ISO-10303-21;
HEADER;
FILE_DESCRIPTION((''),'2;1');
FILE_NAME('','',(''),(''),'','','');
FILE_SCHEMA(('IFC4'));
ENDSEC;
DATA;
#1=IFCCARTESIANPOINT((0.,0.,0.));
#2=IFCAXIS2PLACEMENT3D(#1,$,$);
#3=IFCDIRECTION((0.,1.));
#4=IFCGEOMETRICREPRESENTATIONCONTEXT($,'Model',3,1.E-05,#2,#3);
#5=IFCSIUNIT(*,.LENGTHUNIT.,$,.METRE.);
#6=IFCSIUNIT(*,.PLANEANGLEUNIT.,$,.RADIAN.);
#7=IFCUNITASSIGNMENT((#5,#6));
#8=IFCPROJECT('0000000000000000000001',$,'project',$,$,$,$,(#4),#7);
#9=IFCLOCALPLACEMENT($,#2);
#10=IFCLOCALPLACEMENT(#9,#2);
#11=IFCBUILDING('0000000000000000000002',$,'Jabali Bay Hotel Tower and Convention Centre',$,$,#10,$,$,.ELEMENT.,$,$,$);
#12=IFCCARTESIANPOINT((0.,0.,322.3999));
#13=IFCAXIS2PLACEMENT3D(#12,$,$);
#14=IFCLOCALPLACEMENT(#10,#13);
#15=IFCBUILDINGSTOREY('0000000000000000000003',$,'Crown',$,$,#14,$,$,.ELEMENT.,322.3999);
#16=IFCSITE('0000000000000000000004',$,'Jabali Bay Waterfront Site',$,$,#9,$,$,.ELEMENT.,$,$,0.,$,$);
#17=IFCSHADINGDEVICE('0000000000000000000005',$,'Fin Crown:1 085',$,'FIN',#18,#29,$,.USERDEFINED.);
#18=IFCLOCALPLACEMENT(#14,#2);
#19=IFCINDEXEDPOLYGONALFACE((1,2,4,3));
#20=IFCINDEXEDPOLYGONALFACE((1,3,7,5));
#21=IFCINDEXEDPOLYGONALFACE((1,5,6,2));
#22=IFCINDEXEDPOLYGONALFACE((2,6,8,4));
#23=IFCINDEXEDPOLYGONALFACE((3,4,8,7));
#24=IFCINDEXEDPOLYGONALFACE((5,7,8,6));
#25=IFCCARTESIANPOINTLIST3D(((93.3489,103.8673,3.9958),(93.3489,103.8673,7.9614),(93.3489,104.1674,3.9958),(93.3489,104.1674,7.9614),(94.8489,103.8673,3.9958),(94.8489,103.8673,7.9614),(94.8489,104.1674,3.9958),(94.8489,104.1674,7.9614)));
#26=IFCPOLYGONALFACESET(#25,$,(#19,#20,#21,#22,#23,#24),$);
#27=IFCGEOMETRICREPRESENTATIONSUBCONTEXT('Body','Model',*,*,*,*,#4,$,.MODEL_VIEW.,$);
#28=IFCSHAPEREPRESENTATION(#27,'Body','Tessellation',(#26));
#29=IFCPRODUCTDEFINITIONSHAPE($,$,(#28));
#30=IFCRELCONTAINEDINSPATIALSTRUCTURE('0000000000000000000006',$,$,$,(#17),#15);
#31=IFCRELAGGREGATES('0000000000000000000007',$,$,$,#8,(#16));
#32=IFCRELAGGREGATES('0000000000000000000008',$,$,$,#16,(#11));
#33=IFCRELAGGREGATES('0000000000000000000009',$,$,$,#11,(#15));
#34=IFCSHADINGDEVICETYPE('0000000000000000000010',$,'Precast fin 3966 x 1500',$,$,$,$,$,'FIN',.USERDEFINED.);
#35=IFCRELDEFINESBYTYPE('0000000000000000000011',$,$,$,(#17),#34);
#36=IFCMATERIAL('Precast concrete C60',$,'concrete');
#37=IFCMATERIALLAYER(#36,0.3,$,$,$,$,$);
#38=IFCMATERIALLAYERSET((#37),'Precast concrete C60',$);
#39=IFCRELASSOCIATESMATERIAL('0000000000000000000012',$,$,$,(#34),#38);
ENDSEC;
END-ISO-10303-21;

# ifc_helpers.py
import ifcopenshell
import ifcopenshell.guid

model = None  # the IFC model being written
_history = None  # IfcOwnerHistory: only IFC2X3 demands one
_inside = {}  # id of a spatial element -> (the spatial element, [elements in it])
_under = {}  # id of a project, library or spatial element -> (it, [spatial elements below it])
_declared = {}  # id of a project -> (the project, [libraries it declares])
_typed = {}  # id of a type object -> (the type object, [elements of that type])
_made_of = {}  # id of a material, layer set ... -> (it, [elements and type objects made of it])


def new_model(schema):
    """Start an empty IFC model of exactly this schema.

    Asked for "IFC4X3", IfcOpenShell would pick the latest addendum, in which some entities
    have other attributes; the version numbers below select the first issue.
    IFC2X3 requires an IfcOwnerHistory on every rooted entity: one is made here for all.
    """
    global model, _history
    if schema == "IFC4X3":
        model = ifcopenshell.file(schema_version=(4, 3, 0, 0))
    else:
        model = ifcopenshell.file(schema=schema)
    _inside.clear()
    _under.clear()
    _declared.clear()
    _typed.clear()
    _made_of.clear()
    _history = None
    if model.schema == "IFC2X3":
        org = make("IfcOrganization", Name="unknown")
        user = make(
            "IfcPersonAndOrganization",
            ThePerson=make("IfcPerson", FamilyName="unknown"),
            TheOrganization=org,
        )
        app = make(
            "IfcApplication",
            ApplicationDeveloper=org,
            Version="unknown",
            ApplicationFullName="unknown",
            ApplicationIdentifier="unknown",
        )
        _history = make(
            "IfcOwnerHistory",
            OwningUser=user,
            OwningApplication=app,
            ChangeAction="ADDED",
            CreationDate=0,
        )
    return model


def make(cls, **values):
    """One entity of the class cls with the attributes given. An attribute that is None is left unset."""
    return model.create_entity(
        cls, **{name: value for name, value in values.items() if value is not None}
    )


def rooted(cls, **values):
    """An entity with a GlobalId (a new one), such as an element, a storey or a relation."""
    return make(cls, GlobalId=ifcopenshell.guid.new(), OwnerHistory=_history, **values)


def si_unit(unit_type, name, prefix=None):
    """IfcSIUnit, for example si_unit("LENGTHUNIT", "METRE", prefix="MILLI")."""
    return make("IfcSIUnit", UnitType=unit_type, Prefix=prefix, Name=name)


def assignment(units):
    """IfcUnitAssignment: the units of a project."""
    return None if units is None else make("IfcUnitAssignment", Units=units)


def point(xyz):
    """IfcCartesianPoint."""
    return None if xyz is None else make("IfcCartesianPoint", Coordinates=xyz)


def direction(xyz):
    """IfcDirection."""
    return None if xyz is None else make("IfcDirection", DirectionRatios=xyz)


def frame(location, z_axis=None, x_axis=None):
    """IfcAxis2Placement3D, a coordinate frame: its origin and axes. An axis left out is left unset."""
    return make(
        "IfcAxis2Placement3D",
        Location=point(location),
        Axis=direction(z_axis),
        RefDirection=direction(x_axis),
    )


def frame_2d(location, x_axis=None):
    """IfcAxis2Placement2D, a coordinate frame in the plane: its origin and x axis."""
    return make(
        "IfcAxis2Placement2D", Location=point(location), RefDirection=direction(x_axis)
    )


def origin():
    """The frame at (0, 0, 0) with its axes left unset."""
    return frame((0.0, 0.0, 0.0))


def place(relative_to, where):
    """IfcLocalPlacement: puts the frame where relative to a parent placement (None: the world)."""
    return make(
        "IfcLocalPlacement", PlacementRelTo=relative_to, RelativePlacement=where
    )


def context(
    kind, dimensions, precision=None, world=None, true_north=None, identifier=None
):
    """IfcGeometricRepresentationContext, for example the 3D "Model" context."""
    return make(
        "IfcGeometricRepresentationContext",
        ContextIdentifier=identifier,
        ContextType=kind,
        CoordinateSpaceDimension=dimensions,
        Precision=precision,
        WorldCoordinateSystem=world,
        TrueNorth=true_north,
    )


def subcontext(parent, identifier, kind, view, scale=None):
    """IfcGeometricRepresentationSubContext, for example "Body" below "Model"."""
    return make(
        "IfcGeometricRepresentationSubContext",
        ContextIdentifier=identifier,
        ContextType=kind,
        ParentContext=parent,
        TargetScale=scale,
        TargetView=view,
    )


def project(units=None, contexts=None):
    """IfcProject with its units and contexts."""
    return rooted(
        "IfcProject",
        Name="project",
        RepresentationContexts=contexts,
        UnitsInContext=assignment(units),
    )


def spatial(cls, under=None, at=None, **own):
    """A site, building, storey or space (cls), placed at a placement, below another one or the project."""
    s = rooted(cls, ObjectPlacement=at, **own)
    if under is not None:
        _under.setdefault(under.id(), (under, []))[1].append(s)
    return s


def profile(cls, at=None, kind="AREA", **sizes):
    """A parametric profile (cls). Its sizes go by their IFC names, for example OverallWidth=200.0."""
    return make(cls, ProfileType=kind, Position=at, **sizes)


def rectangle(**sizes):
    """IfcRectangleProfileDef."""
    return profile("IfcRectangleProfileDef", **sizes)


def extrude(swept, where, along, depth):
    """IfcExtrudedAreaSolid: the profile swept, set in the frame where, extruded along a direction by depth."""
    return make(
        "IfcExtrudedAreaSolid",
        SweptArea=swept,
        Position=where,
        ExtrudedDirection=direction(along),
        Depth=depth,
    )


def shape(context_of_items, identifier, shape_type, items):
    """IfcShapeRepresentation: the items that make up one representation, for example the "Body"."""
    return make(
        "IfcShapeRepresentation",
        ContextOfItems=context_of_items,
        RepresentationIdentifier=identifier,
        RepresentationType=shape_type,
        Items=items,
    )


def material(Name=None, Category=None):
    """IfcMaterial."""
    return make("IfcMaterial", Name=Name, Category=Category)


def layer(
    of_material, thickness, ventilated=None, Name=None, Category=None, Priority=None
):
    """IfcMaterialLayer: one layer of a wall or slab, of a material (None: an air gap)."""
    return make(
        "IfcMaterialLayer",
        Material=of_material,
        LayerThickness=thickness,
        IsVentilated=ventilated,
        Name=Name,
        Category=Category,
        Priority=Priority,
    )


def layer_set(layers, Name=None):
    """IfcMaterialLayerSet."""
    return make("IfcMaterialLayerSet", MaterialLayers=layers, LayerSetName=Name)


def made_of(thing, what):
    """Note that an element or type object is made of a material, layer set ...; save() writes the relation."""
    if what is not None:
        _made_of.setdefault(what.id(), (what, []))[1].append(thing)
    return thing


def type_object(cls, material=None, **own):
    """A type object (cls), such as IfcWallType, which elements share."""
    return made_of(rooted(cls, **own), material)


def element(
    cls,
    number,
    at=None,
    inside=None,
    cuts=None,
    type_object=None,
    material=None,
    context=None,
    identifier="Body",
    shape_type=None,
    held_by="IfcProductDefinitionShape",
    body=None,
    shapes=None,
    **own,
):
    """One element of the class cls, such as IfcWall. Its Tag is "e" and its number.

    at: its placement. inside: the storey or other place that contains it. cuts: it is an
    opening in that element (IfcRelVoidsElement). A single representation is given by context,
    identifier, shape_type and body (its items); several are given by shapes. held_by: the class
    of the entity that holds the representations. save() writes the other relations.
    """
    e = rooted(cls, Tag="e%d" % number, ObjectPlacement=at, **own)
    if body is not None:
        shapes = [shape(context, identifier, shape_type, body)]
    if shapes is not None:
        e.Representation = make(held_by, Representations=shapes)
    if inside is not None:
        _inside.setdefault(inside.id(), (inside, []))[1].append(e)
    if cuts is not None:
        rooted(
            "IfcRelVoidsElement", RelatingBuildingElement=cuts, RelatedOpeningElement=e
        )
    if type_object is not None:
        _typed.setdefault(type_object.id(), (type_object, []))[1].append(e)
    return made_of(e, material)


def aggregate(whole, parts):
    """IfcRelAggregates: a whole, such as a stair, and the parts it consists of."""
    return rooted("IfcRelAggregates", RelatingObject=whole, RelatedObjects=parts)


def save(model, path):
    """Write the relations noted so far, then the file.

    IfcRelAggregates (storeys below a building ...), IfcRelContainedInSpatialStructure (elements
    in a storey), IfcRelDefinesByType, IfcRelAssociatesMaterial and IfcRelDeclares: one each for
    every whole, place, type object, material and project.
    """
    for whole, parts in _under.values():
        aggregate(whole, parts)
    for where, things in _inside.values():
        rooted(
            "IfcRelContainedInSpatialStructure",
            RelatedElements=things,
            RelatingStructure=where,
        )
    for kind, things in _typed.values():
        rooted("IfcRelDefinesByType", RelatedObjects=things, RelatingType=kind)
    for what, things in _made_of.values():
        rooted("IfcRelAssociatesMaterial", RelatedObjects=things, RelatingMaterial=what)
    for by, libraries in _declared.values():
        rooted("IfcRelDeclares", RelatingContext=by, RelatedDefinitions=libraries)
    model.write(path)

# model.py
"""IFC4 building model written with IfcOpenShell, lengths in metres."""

from ifc_helpers import new_model, si_unit, direction, frame, frame_2d, origin, place, context, subcontext, project, spatial, rectangle, extrude, material, layer, layer_set, type_object, element, save


model = new_model("IFC4")

# Units and contexts
model_context = context("Model", 3, precision=1e-05, world=origin(), true_north=direction((0.0, 1.0)))
body_context = subcontext(model_context, "Body", "Model", "MODEL_VIEW")
ifc_project = project(units=[si_unit("LENGTHUNIT", "METRE"), si_unit("PLANEANGLEUNIT", "RADIAN")], contexts=[model_context])

# Site, building, storey
site_placement = place(None, origin())
site = spatial("IfcSite", under=ifc_project, at=site_placement, Name="Jabali Bay Waterfront Site", CompositionType="ELEMENT", RefElevation=0.0)
building_placement = place(site_placement, origin())
building = spatial("IfcBuilding", under=site, at=building_placement, Name="Jabali Bay Hotel Tower and Convention Centre", CompositionType="ELEMENT")
storey_placement = place(building_placement, frame((0.0, 0.0, 322.3999)))
storey = spatial("IfcBuildingStorey", under=building, at=storey_placement, Name="Crown", CompositionType="ELEMENT", Elevation=322.3999)

# Shading device
ifc_material_1 = material(Name="Precast concrete C60", Category="concrete")
ifc_layer = layer(ifc_material_1, 0.3)
ifc_layer_set = layer_set([ifc_layer], Name="Precast concrete C60")
shading_device_type = type_object("IfcShadingDeviceType", Name="Precast fin 3966 x 1500", ElementType="FIN", PredefinedType="USERDEFINED", material=ifc_layer_set)
for number, where, z_axis, x_axis, name in (
    (1, (93.3489, 104.0173, 3.9958), (0.0, 0.0, 1.0), (1.0, 0.0, 0.0), "Fin Crown:1 085"),
):
    element("IfcShadingDevice", number, at=place(storey_placement, frame(where, z_axis=z_axis, x_axis=x_axis)), inside=storey, type_object=shading_device_type, Name=name, ObjectType="FIN", PredefinedType="USERDEFINED", context=body_context, shape_type="SweptSolid", body=[
        extrude(rectangle(XDim=1.5, YDim=0.3, at=frame_2d((0.75, 0.0))), origin(), (0.0, 0.0, 1.0), 3.9656),
    ])

save(model, "model.ifc")
